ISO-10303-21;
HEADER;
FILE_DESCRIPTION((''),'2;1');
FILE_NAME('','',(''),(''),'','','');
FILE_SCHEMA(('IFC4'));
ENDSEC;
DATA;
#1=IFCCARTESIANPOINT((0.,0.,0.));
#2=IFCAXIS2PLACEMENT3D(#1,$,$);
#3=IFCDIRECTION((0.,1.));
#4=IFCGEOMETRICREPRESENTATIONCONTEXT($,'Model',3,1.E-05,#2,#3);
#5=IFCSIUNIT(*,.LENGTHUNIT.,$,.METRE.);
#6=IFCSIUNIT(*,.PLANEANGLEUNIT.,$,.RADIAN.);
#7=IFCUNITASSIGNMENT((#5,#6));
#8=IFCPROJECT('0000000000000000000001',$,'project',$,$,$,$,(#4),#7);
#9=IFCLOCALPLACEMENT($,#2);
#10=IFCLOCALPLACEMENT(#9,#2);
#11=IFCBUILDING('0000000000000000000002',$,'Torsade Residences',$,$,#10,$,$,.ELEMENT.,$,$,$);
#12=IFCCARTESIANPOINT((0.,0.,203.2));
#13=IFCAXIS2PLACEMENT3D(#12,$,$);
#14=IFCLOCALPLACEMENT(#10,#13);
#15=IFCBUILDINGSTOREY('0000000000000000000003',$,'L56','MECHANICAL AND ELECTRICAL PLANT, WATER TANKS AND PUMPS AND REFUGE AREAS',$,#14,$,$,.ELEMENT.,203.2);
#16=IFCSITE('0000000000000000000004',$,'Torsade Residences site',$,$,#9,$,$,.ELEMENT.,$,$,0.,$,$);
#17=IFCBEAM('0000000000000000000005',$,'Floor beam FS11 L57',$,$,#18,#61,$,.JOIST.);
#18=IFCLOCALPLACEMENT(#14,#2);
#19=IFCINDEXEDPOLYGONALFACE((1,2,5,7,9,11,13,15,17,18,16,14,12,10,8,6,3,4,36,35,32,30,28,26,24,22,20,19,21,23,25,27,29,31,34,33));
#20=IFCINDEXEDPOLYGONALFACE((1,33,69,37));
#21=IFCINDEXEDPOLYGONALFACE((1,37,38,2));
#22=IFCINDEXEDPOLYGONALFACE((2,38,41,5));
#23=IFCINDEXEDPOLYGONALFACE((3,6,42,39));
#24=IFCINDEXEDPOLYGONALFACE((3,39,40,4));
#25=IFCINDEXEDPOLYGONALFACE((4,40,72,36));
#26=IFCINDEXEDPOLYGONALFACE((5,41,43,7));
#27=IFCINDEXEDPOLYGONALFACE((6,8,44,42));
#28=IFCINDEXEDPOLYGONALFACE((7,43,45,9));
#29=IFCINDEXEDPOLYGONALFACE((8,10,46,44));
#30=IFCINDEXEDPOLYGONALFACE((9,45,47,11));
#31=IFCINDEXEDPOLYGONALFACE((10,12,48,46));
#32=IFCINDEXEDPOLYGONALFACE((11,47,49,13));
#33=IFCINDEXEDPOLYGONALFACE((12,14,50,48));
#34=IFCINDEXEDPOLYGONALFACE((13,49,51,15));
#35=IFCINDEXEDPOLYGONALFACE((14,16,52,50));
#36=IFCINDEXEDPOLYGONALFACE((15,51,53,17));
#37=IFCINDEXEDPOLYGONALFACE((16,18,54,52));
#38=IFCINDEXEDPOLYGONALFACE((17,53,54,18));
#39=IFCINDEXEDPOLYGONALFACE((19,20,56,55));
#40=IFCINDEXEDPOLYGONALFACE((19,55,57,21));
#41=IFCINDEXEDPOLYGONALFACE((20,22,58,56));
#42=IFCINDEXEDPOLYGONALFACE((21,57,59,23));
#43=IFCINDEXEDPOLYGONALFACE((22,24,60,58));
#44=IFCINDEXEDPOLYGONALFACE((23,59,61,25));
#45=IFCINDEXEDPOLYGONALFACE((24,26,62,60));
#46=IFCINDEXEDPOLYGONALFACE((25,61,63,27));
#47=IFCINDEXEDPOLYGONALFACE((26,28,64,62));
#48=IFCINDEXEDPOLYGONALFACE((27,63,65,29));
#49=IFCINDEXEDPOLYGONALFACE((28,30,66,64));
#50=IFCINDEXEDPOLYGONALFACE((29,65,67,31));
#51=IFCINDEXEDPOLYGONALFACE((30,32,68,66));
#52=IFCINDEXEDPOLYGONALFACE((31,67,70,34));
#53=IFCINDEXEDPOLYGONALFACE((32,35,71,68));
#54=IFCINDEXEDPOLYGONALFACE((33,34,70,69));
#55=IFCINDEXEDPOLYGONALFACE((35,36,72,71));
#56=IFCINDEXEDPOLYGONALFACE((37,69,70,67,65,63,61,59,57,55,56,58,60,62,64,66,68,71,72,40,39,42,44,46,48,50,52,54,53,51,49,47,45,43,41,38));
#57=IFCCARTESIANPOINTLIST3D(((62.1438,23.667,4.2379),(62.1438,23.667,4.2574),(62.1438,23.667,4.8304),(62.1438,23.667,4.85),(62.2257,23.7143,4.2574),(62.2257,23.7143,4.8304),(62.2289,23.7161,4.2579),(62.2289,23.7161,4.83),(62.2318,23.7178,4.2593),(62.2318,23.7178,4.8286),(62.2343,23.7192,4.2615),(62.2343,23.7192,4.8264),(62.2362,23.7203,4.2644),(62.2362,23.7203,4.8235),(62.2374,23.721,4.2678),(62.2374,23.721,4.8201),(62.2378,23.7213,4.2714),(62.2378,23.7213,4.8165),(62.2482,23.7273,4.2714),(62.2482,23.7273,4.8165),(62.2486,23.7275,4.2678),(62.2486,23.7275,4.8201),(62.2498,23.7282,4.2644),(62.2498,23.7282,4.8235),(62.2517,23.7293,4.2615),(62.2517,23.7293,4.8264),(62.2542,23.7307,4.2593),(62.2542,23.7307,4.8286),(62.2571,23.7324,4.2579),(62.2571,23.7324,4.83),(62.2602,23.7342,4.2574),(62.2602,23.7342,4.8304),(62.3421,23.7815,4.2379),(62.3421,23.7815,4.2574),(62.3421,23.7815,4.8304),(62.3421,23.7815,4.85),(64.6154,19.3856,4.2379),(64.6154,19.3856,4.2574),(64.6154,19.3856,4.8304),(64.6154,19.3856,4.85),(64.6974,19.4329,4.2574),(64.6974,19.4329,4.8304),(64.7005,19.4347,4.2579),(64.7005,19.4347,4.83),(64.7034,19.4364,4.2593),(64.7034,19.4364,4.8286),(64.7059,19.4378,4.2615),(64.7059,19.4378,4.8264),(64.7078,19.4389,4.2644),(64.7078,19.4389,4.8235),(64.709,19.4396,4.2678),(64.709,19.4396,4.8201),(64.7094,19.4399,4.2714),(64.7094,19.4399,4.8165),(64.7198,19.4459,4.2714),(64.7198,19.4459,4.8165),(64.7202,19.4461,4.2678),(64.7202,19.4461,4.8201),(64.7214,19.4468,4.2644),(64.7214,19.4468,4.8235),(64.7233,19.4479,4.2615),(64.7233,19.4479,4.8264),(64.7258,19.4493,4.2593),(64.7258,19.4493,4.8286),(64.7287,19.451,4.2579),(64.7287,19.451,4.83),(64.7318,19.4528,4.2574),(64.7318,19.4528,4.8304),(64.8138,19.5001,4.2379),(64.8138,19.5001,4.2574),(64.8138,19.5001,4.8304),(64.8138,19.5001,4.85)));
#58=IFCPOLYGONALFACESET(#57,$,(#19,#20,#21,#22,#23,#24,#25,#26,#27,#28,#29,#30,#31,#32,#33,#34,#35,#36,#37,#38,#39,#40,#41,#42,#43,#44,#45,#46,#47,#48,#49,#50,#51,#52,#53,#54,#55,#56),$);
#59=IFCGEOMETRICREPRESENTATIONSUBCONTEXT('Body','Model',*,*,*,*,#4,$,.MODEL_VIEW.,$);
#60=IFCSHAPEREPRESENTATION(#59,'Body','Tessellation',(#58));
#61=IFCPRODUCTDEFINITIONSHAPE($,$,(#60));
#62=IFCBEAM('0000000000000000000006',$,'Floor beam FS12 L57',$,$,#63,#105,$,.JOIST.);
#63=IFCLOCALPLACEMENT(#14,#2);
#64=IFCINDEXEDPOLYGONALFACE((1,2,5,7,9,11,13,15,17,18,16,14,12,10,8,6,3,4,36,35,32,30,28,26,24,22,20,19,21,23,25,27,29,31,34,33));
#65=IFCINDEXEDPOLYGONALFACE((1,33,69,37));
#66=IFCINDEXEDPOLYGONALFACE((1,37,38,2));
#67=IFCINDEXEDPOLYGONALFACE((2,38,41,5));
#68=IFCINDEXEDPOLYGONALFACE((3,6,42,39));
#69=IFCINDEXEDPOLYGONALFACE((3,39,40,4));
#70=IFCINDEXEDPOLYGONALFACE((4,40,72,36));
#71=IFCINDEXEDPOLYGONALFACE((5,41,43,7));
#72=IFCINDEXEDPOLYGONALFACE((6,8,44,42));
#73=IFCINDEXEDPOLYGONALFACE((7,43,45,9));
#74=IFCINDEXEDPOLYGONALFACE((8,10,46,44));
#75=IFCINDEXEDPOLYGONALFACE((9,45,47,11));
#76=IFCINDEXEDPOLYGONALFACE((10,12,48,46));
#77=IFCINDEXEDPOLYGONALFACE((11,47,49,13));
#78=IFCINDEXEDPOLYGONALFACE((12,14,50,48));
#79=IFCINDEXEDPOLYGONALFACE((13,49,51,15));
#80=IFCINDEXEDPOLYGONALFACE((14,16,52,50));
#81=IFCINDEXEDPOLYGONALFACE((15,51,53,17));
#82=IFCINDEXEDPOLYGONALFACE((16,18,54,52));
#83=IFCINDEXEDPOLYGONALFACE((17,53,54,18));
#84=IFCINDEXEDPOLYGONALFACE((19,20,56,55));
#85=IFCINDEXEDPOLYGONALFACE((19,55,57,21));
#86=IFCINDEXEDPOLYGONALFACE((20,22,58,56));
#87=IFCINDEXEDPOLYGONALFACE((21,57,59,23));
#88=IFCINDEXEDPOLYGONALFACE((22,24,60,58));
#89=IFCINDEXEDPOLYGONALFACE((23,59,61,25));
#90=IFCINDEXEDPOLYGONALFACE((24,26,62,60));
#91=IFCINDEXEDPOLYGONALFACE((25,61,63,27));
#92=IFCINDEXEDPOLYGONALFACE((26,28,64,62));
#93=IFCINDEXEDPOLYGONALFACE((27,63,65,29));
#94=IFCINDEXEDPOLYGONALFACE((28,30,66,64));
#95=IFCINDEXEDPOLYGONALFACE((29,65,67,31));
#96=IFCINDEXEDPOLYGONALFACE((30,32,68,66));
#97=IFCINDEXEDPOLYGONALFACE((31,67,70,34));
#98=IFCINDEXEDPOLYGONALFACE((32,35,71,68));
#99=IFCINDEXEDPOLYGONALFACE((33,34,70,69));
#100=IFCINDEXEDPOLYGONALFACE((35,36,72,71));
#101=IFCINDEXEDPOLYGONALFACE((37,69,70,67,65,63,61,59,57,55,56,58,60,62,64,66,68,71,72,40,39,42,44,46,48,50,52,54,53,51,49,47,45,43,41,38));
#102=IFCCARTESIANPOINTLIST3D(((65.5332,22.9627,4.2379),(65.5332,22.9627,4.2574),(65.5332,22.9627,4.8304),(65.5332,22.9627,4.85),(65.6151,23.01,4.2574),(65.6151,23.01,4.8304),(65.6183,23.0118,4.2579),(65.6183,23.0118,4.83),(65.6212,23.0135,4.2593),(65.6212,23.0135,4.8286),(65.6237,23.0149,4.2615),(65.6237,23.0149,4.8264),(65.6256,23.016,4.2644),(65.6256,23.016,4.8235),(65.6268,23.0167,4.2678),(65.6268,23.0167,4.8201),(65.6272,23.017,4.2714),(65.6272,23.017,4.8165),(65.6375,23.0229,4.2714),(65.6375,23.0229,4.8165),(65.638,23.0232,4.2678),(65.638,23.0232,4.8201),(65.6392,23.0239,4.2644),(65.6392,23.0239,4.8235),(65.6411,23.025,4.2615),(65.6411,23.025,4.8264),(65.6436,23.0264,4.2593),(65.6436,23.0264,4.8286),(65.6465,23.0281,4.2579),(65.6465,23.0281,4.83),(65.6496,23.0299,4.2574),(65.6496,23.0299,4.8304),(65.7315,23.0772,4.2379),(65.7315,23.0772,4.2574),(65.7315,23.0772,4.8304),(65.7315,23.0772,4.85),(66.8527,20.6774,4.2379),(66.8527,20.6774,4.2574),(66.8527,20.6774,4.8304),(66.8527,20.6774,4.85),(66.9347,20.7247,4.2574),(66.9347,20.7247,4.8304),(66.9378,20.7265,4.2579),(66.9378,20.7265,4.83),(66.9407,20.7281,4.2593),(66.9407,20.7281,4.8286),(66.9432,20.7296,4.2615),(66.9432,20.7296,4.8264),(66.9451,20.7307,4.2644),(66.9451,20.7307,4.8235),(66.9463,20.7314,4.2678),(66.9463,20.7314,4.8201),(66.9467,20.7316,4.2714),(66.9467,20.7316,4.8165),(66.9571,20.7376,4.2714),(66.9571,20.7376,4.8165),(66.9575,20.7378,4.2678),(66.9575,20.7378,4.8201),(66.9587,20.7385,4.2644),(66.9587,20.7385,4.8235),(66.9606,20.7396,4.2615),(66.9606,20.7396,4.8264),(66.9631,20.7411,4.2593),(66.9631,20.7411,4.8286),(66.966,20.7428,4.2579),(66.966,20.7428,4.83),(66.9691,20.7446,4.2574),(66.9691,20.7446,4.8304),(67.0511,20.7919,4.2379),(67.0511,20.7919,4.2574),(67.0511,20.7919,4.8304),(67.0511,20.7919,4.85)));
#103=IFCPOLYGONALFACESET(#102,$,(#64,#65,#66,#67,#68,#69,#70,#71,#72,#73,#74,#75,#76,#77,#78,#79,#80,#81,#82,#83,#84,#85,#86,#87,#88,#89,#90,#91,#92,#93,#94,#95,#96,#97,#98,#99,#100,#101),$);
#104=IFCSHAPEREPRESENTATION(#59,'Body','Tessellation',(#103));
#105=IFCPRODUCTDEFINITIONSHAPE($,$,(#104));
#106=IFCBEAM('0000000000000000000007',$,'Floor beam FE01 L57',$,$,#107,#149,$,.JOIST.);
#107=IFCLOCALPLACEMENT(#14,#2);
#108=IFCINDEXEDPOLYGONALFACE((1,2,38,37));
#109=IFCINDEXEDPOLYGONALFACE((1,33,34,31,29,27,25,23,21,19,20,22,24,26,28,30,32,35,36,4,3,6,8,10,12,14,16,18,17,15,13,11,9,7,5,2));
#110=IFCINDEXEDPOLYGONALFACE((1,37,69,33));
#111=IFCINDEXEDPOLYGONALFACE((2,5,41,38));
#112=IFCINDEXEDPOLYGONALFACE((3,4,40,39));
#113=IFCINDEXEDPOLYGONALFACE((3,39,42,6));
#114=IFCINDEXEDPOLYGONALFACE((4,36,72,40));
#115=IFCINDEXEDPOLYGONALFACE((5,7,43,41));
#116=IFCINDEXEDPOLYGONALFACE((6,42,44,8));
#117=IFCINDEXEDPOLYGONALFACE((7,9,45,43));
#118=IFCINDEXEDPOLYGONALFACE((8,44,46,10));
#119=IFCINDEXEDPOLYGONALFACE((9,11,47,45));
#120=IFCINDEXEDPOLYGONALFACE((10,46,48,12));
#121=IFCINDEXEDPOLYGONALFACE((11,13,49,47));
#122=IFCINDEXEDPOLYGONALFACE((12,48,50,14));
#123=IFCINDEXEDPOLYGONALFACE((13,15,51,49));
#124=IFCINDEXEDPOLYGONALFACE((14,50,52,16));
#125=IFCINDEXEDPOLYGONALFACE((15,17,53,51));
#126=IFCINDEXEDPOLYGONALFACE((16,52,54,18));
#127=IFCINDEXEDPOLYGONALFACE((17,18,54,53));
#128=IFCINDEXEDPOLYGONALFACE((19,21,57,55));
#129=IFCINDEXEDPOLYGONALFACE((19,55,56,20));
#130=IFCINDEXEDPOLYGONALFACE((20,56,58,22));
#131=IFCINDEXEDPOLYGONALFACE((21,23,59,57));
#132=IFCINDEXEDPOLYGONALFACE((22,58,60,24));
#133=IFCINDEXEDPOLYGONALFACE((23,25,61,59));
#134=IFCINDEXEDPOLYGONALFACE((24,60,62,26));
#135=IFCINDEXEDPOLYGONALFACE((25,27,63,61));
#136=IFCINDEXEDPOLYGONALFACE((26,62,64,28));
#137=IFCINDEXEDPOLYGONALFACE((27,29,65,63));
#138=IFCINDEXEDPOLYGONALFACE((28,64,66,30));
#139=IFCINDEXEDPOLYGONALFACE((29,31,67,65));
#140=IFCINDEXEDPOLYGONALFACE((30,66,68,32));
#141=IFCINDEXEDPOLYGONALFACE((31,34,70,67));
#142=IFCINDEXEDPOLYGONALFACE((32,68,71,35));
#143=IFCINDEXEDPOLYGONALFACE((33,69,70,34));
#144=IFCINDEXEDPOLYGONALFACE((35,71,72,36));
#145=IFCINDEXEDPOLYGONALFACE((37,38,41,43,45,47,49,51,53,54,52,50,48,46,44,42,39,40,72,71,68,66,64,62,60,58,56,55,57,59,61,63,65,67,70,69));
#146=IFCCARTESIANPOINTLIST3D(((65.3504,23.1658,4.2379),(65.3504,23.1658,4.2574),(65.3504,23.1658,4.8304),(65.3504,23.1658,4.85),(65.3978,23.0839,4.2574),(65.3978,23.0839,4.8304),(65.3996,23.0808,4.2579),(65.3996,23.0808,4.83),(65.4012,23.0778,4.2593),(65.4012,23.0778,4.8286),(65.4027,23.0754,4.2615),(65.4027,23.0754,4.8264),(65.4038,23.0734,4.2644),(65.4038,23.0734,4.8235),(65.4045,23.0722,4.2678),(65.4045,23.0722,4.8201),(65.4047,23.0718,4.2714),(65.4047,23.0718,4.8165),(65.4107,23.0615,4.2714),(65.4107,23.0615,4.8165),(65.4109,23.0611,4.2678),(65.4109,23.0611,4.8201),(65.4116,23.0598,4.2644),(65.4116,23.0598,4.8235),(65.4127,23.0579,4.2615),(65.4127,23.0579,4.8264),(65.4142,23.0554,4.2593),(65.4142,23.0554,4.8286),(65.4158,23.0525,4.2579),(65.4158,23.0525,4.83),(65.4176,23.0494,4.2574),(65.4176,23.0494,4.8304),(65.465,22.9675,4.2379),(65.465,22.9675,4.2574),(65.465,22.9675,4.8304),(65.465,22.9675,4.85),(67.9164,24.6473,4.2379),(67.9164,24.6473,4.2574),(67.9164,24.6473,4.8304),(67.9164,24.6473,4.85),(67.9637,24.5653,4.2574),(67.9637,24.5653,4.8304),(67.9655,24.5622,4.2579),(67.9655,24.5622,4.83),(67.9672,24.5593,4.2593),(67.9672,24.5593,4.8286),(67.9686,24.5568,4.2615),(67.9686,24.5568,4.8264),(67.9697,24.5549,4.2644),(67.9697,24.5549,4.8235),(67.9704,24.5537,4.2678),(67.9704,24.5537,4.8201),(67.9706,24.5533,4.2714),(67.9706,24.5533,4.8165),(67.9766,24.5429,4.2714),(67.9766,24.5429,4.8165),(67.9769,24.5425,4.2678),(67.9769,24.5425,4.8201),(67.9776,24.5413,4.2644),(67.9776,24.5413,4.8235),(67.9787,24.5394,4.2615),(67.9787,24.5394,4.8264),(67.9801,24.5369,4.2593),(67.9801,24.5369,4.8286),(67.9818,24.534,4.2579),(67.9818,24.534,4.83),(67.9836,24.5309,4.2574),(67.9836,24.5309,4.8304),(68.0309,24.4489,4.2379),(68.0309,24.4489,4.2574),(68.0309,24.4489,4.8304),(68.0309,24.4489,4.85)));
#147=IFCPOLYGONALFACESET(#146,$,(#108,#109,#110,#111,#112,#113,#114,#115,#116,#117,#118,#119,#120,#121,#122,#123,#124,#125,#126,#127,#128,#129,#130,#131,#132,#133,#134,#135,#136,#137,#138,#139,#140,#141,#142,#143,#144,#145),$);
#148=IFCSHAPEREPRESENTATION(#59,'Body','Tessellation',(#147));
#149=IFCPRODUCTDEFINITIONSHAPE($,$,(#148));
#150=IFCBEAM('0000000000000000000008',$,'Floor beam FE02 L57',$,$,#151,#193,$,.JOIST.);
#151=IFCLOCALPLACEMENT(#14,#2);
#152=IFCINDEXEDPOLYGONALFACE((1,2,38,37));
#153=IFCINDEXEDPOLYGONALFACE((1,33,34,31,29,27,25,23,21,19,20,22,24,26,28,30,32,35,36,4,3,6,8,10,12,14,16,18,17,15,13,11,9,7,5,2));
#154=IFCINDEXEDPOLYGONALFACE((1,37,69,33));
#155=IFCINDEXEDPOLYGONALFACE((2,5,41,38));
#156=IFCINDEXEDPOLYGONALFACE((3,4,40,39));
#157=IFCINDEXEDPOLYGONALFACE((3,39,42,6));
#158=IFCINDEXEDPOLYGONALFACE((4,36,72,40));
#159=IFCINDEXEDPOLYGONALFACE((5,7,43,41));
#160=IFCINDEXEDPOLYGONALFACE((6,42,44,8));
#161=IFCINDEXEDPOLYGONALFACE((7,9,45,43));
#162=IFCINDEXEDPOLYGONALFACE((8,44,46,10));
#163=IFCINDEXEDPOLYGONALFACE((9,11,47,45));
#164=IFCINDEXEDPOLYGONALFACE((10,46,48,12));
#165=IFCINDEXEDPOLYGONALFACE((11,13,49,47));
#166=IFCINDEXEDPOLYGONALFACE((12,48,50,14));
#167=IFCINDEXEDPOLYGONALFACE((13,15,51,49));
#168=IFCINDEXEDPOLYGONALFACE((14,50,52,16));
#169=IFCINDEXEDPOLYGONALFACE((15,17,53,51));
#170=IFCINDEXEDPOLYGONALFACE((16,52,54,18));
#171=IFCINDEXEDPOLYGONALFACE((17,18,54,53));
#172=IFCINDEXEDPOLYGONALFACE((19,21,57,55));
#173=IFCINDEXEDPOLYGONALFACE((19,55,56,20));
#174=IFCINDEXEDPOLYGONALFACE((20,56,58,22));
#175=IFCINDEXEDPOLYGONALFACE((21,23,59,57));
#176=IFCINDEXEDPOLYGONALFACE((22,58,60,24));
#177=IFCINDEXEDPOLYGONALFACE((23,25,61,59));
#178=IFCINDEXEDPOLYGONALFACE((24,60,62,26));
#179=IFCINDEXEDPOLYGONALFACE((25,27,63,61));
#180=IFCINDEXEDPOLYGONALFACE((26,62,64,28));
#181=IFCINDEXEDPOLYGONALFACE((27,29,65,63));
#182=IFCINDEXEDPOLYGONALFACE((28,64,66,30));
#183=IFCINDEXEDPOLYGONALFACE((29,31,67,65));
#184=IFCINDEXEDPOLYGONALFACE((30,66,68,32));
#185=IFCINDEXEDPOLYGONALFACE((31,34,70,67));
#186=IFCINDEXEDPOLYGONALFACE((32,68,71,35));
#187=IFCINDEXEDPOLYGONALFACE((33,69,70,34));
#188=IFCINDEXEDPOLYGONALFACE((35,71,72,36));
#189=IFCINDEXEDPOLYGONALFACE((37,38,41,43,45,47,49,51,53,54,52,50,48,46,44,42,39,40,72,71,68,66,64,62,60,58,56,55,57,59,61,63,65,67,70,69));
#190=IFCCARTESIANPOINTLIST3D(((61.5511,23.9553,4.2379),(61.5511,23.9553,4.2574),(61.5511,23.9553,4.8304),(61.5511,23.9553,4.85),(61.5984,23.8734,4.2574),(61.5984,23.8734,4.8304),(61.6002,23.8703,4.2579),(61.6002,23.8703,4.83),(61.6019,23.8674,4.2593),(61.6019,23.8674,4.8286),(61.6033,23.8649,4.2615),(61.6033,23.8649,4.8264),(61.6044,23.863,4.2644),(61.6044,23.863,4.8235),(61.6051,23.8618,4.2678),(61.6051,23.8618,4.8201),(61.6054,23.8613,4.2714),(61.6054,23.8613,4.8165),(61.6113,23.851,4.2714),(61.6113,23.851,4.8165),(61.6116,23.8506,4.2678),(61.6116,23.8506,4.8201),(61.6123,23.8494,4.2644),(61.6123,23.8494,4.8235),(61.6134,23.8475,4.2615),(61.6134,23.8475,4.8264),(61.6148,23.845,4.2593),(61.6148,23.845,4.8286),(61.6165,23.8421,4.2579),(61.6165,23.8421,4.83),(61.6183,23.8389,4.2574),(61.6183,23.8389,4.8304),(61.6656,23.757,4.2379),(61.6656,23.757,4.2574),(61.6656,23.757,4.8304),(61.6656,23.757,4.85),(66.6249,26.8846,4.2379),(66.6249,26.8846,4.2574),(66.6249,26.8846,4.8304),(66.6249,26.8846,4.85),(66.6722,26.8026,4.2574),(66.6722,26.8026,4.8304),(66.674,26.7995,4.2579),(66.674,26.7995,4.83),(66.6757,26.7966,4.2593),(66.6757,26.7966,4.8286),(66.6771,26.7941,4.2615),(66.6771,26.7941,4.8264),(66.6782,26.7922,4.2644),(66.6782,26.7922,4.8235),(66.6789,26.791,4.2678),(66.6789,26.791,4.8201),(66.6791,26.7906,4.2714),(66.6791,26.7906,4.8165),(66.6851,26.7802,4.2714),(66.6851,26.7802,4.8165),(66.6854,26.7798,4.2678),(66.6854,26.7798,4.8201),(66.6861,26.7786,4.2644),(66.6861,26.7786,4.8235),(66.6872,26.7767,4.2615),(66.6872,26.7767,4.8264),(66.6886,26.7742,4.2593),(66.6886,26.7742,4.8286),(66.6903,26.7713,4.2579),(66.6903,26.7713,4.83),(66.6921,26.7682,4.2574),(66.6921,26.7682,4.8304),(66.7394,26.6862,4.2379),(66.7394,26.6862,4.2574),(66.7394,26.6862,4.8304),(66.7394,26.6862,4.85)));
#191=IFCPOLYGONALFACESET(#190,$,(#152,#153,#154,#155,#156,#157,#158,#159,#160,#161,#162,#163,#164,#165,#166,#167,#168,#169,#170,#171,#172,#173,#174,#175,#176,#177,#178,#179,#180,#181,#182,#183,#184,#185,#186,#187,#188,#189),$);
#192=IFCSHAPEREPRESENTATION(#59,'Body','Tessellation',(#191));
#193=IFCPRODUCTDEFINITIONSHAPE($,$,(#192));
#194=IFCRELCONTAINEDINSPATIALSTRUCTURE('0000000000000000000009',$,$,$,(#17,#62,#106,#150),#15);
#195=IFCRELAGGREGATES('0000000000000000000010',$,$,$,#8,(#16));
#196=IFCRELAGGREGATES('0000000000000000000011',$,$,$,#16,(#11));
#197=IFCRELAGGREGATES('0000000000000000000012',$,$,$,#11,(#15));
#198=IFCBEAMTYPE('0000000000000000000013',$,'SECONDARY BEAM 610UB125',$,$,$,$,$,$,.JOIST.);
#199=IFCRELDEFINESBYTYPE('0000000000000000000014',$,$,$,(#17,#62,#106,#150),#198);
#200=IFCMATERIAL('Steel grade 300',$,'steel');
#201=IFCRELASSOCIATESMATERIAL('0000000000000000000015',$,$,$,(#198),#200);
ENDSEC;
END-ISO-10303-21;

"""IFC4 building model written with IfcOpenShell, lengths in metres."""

from ifc_helpers import new_model, si_unit, direction, frame, origin, origin_2d, place, context, subcontext, project, spatial, i_section, extrude, material, material_profile, profile_set, type_object, element, save


model = new_model("IFC4")

# Units and contexts
model_context = context("Model", 3, precision=1e-05, world=origin(), true_north=direction((0.0, 1.0)))
body_context = subcontext(model_context, "Body", "Model", "MODEL_VIEW")
ifc_project = project(units=[si_unit("LENGTHUNIT", "METRE"), si_unit("PLANEANGLEUNIT", "RADIAN")], contexts=[model_context])

# Site, building, storey
site_placement = place(None, origin())
site = spatial("IfcSite", under=ifc_project, at=site_placement, Name="Torsade Residences site", CompositionType="ELEMENT", RefElevation=0.0)
building_placement = place(site_placement, origin())
building = spatial("IfcBuilding", under=site, at=building_placement, Name="Torsade Residences", CompositionType="ELEMENT")
storey_placement = place(building_placement, frame((0.0, 0.0, 203.2)))
storey = spatial("IfcBuildingStorey", under=building, at=storey_placement, Name="L56", Description="MECHANICAL AND ELECTRICAL PLANT, WATER TANKS AND PUMPS AND REFUGE AREAS", CompositionType="ELEMENT", Elevation=203.2)

# Beams
ifc_material_1 = material(Name="Steel grade 300", Category="steel")
ifc_material_profile_1 = material_profile(ifc_material_1, i_section(OverallWidth=0.229, OverallDepth=0.6121, WebThickness=0.012, FlangeThickness=0.0195, FilletRadius=0.0139, at=origin_2d()), Name="610UB125")
ifc_profile_set_1 = profile_set([ifc_material_profile_1], Name="Steel grade 300")
beam_type_1 = type_object("IfcBeamType", Name="SECONDARY BEAM 610UB125", PredefinedType="JOIST", material=ifc_profile_set_1)
beam_1_placement = place(storey_placement, frame((64.7146, 19.4429, 4.5439), z_axis=(-0.499963, 0.866047, 0.0), x_axis=(-0.866047, -0.499963, 0.0)))
element("IfcBeam", 1, at=beam_1_placement, inside=storey, type_object=beam_type_1, Name="Floor beam FS11 L57", PredefinedType="JOIST", context=body_context, shape_type="SweptSolid", body=[
    extrude(i_section(OverallWidth=0.229, OverallDepth=0.6121, WebThickness=0.012, FlangeThickness=0.0195, FilletRadius=0.0139, at=origin_2d()), origin(), (0.0, 0.0, 1.0), 4.9436),
])
beam_2_placement = place(storey_placement, frame((66.9519, 20.7346, 4.5439), z_axis=(-0.500029, 0.866008, 0.0), x_axis=(-0.866008, -0.500029, 0.0)))
element("IfcBeam", 2, at=beam_2_placement, inside=storey, type_object=beam_type_1, Name="Floor beam FS12 L57", PredefinedType="JOIST", context=body_context, shape_type="SweptSolid", body=[
    extrude(i_section(OverallWidth=0.229, OverallDepth=0.6121, WebThickness=0.012, FlangeThickness=0.0195, FilletRadius=0.0139, at=origin_2d()), origin(), (0.0, 0.0, 1.0), 2.6389),
])
beam_3_placement = place(storey_placement, frame((67.9736, 24.5481, 4.5439), z_axis=(-0.866024, -0.500003, 0.0), x_axis=(0.500003, -0.866024, 0.0)))
element("IfcBeam", 3, at=beam_3_placement, inside=storey, type_object=beam_type_1, Name="Floor beam FE01 L57", PredefinedType="JOIST", context=body_context, shape_type="SweptSolid", body=[
    extrude(i_section(OverallWidth=0.229, OverallDepth=0.6121, WebThickness=0.012, FlangeThickness=0.0195, FilletRadius=0.0139, at=origin_2d()), origin(), (0.0, 0.0, 1.0), 2.9629),
])
beam_4_placement = place(storey_placement, frame((66.6821, 26.7854, 4.5439), z_axis=(-0.866034, -0.499985, 0.0), x_axis=(0.499985, -0.866034, 0.0)))
element("IfcBeam", 4, at=beam_4_placement, inside=storey, type_object=beam_type_1, Name="Floor beam FE02 L57", PredefinedType="JOIST", context=body_context, shape_type="SweptSolid", body=[
    extrude(i_section(OverallWidth=0.229, OverallDepth=0.6121, WebThickness=0.012, FlangeThickness=0.0195, FilletRadius=0.0139, at=origin_2d()), origin(), (0.0, 0.0, 1.0), 5.8586),
])

save(model, "model.ifc")
